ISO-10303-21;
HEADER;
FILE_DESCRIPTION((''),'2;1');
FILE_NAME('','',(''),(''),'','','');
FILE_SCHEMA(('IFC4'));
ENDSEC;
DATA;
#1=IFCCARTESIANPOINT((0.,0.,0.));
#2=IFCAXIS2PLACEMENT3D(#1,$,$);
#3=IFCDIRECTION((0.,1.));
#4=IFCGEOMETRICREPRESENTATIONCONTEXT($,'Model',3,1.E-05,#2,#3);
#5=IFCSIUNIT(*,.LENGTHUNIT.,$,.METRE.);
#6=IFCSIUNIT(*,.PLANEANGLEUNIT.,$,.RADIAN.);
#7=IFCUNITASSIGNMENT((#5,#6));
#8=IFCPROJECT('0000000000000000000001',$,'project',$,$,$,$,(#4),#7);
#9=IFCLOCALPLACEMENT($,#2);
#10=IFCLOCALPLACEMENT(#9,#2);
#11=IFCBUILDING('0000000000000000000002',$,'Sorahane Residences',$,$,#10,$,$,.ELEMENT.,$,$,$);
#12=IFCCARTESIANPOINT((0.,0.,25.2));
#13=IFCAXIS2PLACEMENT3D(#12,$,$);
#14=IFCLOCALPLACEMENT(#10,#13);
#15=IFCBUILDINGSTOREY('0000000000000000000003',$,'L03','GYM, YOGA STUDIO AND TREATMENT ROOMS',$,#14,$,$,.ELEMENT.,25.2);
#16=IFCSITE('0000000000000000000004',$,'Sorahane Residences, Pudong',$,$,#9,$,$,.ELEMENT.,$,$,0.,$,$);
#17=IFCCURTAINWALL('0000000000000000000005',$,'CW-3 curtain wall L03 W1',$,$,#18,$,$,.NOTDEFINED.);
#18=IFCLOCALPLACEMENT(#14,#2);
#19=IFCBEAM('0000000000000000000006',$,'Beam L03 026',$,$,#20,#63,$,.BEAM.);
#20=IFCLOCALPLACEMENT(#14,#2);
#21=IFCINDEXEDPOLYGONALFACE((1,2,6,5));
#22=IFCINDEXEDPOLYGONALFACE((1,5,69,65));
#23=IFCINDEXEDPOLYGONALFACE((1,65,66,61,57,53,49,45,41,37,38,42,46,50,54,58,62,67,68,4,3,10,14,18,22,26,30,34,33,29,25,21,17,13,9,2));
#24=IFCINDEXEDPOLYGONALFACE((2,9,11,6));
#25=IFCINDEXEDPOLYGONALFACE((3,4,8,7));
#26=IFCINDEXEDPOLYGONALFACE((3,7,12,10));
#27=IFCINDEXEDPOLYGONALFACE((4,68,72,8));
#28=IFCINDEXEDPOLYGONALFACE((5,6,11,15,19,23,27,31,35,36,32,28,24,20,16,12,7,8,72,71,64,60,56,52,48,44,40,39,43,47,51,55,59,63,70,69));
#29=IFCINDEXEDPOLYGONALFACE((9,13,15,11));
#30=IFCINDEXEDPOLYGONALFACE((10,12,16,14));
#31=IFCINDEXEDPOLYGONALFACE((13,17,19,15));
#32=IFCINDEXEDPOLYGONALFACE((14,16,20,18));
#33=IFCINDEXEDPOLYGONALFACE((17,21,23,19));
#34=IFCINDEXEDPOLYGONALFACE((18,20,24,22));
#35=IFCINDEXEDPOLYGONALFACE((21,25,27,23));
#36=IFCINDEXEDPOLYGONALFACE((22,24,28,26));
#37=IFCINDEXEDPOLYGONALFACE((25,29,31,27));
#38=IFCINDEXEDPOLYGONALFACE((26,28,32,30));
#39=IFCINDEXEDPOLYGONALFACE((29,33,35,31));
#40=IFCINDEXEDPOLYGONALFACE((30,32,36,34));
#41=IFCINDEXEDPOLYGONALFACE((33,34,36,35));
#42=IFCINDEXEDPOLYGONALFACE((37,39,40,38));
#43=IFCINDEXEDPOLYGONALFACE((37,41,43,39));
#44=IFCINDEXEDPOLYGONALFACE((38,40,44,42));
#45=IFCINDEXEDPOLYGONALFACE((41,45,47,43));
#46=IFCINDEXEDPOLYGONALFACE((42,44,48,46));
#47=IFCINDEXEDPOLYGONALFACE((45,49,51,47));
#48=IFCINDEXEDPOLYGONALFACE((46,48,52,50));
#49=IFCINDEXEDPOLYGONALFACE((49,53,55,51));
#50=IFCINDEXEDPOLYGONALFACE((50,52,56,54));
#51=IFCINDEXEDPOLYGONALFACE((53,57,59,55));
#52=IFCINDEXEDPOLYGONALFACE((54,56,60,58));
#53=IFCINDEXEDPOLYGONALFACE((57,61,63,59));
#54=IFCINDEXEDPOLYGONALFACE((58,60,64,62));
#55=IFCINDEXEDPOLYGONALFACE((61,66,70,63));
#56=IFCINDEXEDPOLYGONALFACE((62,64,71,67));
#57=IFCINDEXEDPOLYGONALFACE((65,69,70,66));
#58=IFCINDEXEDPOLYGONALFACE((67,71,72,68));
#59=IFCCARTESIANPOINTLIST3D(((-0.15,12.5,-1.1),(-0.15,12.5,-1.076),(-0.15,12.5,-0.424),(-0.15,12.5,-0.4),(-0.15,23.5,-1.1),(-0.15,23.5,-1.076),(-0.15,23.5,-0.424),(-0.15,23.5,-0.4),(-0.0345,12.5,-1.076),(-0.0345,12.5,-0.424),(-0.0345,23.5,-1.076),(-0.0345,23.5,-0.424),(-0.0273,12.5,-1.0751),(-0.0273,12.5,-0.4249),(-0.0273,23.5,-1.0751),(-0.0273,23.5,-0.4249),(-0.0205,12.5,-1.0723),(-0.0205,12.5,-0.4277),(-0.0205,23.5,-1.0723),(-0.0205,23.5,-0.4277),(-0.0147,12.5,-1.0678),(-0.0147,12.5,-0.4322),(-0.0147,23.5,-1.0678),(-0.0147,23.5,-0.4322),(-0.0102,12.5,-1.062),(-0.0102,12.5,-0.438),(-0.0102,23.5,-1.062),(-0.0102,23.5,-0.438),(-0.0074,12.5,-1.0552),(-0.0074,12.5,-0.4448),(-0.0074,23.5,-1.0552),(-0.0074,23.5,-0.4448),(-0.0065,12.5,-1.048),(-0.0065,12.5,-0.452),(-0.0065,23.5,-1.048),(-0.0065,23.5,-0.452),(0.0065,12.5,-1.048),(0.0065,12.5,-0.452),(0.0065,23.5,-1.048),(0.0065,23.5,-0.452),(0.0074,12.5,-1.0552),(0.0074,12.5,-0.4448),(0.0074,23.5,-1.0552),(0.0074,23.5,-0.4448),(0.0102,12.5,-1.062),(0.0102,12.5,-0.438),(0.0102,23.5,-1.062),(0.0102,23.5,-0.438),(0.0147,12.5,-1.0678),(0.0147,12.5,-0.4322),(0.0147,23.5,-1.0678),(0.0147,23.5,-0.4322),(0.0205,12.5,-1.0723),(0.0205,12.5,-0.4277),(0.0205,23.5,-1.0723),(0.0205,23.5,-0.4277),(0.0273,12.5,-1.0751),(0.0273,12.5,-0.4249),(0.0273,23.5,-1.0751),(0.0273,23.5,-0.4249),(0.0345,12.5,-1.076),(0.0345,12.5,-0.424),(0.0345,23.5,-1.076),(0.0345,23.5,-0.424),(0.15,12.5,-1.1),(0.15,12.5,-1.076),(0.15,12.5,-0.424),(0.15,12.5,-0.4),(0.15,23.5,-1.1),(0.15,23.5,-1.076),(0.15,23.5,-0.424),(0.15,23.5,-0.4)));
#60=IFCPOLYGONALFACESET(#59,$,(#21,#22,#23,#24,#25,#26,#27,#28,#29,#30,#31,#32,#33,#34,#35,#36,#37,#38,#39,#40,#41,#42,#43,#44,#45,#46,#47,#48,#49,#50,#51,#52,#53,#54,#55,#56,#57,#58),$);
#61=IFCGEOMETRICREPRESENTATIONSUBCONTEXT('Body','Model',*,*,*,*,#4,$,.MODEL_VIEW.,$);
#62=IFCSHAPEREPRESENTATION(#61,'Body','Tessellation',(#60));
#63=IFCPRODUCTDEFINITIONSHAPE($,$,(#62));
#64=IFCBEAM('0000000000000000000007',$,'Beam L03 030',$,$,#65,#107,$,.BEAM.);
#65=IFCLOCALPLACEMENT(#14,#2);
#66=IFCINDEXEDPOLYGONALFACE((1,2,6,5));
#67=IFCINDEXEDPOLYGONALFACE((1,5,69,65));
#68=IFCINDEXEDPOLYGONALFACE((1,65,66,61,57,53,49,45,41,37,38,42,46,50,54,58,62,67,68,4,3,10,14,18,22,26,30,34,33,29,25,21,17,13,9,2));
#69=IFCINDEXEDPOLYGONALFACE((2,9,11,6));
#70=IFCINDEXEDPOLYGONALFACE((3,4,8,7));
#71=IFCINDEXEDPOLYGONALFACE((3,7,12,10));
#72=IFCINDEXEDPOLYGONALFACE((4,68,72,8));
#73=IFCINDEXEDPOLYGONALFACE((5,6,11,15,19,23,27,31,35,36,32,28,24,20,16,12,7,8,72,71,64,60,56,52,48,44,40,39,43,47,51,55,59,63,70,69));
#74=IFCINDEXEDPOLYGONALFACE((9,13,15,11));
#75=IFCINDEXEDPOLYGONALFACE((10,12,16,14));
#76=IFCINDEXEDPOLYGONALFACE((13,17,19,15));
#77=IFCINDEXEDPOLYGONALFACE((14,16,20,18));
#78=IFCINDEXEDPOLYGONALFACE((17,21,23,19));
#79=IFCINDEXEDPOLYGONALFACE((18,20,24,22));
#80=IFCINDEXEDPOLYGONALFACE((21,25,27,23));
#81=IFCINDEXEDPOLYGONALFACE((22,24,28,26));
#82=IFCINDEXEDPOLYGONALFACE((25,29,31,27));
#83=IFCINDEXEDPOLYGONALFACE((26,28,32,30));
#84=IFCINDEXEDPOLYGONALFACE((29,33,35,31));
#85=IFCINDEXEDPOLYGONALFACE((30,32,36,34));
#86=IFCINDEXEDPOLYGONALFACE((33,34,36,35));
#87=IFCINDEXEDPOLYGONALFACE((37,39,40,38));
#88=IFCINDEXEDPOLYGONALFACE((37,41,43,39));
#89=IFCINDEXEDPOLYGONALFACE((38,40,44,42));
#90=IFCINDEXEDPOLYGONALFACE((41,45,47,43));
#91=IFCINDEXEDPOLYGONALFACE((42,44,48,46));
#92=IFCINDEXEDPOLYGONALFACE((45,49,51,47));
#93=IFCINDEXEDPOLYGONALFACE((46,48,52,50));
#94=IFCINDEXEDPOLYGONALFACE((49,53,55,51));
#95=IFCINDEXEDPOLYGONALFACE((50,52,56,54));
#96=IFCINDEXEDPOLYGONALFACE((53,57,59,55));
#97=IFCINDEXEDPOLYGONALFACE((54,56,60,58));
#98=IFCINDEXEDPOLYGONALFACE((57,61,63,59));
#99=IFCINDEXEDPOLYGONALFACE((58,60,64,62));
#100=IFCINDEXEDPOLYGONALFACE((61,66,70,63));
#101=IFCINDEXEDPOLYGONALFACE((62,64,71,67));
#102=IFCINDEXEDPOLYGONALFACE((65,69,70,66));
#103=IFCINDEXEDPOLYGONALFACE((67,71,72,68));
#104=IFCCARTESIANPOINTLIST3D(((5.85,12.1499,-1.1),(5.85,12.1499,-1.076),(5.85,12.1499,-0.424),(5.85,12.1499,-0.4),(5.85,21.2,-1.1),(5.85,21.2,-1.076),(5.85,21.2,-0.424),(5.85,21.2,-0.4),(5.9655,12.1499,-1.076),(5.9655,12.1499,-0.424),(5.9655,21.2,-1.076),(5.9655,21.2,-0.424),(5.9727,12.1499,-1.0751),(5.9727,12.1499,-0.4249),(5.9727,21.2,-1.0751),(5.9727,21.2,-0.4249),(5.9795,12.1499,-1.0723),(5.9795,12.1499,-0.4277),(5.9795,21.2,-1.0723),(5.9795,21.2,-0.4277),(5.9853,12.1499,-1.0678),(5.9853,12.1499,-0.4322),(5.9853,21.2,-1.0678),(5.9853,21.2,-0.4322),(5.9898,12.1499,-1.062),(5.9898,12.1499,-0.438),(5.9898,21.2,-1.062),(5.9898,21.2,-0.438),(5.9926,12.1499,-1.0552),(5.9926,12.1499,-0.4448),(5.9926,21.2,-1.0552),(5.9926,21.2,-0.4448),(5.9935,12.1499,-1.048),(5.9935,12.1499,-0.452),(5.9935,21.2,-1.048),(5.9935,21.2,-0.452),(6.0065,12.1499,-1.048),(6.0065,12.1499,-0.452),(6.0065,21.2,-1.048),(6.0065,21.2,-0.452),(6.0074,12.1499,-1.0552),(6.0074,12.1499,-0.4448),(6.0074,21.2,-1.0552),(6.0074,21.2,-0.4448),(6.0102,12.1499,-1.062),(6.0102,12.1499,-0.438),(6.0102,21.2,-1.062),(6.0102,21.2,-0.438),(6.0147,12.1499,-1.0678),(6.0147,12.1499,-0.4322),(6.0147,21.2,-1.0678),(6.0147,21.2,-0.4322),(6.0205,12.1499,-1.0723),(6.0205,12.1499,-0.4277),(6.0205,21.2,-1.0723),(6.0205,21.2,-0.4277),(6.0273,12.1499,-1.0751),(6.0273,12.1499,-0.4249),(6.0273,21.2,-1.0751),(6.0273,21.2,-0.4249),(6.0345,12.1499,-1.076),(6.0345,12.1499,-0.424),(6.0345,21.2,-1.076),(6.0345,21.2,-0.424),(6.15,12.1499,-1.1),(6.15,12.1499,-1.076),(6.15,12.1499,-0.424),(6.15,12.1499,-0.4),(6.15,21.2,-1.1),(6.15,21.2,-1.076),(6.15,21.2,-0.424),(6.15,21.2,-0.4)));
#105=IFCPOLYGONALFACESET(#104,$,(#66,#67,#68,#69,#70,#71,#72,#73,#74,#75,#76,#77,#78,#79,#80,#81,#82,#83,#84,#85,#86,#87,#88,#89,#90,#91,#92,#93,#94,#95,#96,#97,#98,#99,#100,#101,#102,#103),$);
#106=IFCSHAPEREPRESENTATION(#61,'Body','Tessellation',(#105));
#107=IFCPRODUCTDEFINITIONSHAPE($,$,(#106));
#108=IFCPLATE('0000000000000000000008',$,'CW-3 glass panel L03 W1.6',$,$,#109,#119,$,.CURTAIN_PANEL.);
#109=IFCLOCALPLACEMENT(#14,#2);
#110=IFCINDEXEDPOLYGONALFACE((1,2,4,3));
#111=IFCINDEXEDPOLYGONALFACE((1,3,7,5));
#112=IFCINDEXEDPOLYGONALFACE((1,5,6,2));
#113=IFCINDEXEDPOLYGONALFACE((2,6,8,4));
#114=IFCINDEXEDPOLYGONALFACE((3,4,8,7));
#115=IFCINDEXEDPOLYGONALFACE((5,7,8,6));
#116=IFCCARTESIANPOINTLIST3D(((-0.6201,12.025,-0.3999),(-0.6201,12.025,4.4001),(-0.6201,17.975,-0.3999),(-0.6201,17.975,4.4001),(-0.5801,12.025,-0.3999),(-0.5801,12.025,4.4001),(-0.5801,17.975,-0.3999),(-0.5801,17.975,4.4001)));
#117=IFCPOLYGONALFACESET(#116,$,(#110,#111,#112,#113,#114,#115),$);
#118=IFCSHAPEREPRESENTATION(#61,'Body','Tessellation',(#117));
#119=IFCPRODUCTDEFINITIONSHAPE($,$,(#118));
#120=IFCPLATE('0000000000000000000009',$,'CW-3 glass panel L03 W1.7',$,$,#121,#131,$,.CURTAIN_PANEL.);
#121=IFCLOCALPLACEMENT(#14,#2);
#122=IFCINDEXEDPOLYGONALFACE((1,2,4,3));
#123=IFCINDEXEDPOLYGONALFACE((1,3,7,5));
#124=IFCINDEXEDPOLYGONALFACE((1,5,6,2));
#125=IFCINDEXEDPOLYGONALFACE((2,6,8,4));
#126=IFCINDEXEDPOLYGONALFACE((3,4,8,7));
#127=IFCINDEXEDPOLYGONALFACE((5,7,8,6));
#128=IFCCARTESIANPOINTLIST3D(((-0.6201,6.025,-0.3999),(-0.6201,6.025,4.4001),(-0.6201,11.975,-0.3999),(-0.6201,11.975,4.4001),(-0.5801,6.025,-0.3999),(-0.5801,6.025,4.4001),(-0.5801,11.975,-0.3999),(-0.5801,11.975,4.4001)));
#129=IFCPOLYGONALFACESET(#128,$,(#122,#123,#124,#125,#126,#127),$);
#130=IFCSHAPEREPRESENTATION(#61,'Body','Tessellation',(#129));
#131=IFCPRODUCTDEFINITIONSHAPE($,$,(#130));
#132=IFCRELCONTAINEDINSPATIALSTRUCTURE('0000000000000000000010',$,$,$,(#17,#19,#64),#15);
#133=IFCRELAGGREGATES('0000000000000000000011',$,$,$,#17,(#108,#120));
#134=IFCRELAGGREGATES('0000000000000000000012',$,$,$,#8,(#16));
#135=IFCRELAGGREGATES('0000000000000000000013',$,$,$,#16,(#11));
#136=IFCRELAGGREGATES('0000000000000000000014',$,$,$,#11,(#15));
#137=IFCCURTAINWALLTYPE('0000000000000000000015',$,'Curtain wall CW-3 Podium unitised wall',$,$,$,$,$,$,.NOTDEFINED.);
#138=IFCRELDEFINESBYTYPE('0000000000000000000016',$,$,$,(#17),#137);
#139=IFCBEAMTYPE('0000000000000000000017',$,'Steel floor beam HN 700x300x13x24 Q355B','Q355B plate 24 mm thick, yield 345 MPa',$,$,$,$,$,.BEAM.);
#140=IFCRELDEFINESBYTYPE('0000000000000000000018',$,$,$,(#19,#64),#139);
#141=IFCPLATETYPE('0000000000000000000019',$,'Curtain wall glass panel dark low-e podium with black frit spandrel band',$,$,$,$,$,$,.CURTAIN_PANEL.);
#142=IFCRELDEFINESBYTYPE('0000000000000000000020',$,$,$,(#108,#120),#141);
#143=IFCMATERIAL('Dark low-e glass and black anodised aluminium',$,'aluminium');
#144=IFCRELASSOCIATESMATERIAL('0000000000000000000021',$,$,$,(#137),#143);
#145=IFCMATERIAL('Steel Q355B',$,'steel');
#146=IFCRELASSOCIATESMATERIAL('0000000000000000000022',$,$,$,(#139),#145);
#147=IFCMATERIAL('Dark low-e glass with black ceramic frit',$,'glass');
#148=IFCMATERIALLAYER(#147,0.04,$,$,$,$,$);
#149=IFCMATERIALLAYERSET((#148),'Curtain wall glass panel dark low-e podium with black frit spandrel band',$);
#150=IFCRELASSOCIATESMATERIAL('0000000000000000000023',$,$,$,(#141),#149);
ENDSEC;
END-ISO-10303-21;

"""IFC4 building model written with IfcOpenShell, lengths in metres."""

from ifc_helpers import new_model, si_unit, direction, frame, origin, origin_2d, place, context, subcontext, project, spatial, rectangle, i_section, extrude, material, layer, layer_set, material_profile, profile_set, type_object, element, aggregate, save


model = new_model("IFC4")

# Units and contexts
model_context = context("Model", 3, precision=1e-05, world=origin(), true_north=direction((0.0, 1.0)))
body_context = subcontext(model_context, "Body", "Model", "MODEL_VIEW")
ifc_project = project(units=[si_unit("LENGTHUNIT", "METRE"), si_unit("PLANEANGLEUNIT", "RADIAN")], contexts=[model_context])

# Site, building, storey
site_placement = place(None, origin())
site = spatial("IfcSite", under=ifc_project, at=site_placement, Name="Sorahane Residences, Pudong", CompositionType="ELEMENT", RefElevation=0.0)
building_placement = place(site_placement, origin())
building = spatial("IfcBuilding", under=site, at=building_placement, Name="Sorahane Residences", CompositionType="ELEMENT")
storey_placement = place(building_placement, frame((0.0, 0.0, 25.2)))
storey = spatial("IfcBuildingStorey", under=building, at=storey_placement, Name="L03", Description="GYM, YOGA STUDIO AND TREATMENT ROOMS", CompositionType="ELEMENT", Elevation=25.2)

# Curtain wall
ifc_material_1 = material(Name="Dark low-e glass and black anodised aluminium", Category="aluminium")
curtain_wall_type = type_object("IfcCurtainWallType", Name="Curtain wall CW-3 Podium unitised wall", PredefinedType="NOTDEFINED", material=ifc_material_1)
curtain_wall_placement = place(storey_placement, origin())
curtain_wall = element("IfcCurtainWall", 1, at=curtain_wall_placement, inside=storey, type_object=curtain_wall_type, Name="CW-3 curtain wall L03 W1", PredefinedType="NOTDEFINED")

# Beams
ifc_material_2 = material(Name="Steel Q355B", Category="steel")
ifc_material_profile_1 = material_profile(ifc_material_2, i_section(OverallWidth=0.3, OverallDepth=0.7, WebThickness=0.0129, FlangeThickness=0.0239, FilletRadius=0.0281, at=origin_2d()), Name="HN 700x300x13x24")
ifc_profile_set_1 = profile_set([ifc_material_profile_1], Name="Steel Q355B")
beam_type_1 = type_object("IfcBeamType", Name="Steel floor beam HN 700x300x13x24 Q355B", Description="Q355B plate 24 mm thick, yield 345 MPa", PredefinedType="BEAM", material=ifc_profile_set_1)
beam_1_placement = place(storey_placement, frame((0.0, 12.5, -0.75), z_axis=(0.0, 1.0, 0.0), x_axis=(-1.0, 0.0, 0.0)))
element("IfcBeam", 2, at=beam_1_placement, inside=storey, type_object=beam_type_1, Name="Beam L03 026", PredefinedType="BEAM", context=body_context, shape_type="SweptSolid", body=[
    extrude(i_section(OverallWidth=0.3, OverallDepth=0.7, WebThickness=0.0129, FlangeThickness=0.0239, FilletRadius=0.0281, at=origin_2d()), origin(), (0.0, 0.0, 1.0), 11.0),
])
beam_2_placement = place(storey_placement, frame((6.0, 12.1499, -0.75), z_axis=(0.0, 1.0, 0.0), x_axis=(-1.0, 0.0, 0.0)))
element("IfcBeam", 3, at=beam_2_placement, inside=storey, type_object=beam_type_1, Name="Beam L03 030", PredefinedType="BEAM", context=body_context, shape_type="SweptSolid", body=[
    extrude(i_section(OverallWidth=0.3, OverallDepth=0.7, WebThickness=0.0129, FlangeThickness=0.0239, FilletRadius=0.0281, at=origin_2d()), origin(), (0.0, 0.0, 1.0), 9.05),
])

# Plates
ifc_material_3 = material(Name="Dark low-e glass with black ceramic frit", Category="glass")
ifc_layer_1 = layer(ifc_material_3, 0.04)
ifc_layer_set_1 = layer_set([ifc_layer_1], Name="Curtain wall glass panel dark low-e podium with black frit spandrel band")
plate_type = type_object("IfcPlateType", Name="Curtain wall glass panel dark low-e podium with black frit spandrel band", PredefinedType="CURTAIN_PANEL", material=ifc_layer_set_1)
plate_1_placement = place(storey_placement, frame((-0.6001, 15.0, -0.3999), z_axis=(0.0, 0.0, 1.0), x_axis=(0.0, -1.0, 0.0)))
plate_1 = element("IfcPlate", 4, at=plate_1_placement, type_object=plate_type, Name="CW-3 glass panel L03 W1.6", PredefinedType="CURTAIN_PANEL", context=body_context, shape_type="SweptSolid", body=[
    extrude(rectangle(XDim=5.95, YDim=0.04, at=origin_2d()), origin(), (0.0, 0.0, 1.0), 4.8),
])
plate_2_placement = place(storey_placement, frame((-0.6001, 9.0, -0.3999), z_axis=(0.0, 0.0, 1.0), x_axis=(0.0, -1.0, 0.0)))
plate_2 = element("IfcPlate", 5, at=plate_2_placement, type_object=plate_type, Name="CW-3 glass panel L03 W1.7", PredefinedType="CURTAIN_PANEL", context=body_context, shape_type="SweptSolid", body=[
    extrude(rectangle(XDim=5.95, YDim=0.04, at=origin_2d()), origin(), (0.0, 0.0, 1.0), 4.8),
])
aggregate(curtain_wall, [plate_1, plate_2])

save(model, "model.ifc")
